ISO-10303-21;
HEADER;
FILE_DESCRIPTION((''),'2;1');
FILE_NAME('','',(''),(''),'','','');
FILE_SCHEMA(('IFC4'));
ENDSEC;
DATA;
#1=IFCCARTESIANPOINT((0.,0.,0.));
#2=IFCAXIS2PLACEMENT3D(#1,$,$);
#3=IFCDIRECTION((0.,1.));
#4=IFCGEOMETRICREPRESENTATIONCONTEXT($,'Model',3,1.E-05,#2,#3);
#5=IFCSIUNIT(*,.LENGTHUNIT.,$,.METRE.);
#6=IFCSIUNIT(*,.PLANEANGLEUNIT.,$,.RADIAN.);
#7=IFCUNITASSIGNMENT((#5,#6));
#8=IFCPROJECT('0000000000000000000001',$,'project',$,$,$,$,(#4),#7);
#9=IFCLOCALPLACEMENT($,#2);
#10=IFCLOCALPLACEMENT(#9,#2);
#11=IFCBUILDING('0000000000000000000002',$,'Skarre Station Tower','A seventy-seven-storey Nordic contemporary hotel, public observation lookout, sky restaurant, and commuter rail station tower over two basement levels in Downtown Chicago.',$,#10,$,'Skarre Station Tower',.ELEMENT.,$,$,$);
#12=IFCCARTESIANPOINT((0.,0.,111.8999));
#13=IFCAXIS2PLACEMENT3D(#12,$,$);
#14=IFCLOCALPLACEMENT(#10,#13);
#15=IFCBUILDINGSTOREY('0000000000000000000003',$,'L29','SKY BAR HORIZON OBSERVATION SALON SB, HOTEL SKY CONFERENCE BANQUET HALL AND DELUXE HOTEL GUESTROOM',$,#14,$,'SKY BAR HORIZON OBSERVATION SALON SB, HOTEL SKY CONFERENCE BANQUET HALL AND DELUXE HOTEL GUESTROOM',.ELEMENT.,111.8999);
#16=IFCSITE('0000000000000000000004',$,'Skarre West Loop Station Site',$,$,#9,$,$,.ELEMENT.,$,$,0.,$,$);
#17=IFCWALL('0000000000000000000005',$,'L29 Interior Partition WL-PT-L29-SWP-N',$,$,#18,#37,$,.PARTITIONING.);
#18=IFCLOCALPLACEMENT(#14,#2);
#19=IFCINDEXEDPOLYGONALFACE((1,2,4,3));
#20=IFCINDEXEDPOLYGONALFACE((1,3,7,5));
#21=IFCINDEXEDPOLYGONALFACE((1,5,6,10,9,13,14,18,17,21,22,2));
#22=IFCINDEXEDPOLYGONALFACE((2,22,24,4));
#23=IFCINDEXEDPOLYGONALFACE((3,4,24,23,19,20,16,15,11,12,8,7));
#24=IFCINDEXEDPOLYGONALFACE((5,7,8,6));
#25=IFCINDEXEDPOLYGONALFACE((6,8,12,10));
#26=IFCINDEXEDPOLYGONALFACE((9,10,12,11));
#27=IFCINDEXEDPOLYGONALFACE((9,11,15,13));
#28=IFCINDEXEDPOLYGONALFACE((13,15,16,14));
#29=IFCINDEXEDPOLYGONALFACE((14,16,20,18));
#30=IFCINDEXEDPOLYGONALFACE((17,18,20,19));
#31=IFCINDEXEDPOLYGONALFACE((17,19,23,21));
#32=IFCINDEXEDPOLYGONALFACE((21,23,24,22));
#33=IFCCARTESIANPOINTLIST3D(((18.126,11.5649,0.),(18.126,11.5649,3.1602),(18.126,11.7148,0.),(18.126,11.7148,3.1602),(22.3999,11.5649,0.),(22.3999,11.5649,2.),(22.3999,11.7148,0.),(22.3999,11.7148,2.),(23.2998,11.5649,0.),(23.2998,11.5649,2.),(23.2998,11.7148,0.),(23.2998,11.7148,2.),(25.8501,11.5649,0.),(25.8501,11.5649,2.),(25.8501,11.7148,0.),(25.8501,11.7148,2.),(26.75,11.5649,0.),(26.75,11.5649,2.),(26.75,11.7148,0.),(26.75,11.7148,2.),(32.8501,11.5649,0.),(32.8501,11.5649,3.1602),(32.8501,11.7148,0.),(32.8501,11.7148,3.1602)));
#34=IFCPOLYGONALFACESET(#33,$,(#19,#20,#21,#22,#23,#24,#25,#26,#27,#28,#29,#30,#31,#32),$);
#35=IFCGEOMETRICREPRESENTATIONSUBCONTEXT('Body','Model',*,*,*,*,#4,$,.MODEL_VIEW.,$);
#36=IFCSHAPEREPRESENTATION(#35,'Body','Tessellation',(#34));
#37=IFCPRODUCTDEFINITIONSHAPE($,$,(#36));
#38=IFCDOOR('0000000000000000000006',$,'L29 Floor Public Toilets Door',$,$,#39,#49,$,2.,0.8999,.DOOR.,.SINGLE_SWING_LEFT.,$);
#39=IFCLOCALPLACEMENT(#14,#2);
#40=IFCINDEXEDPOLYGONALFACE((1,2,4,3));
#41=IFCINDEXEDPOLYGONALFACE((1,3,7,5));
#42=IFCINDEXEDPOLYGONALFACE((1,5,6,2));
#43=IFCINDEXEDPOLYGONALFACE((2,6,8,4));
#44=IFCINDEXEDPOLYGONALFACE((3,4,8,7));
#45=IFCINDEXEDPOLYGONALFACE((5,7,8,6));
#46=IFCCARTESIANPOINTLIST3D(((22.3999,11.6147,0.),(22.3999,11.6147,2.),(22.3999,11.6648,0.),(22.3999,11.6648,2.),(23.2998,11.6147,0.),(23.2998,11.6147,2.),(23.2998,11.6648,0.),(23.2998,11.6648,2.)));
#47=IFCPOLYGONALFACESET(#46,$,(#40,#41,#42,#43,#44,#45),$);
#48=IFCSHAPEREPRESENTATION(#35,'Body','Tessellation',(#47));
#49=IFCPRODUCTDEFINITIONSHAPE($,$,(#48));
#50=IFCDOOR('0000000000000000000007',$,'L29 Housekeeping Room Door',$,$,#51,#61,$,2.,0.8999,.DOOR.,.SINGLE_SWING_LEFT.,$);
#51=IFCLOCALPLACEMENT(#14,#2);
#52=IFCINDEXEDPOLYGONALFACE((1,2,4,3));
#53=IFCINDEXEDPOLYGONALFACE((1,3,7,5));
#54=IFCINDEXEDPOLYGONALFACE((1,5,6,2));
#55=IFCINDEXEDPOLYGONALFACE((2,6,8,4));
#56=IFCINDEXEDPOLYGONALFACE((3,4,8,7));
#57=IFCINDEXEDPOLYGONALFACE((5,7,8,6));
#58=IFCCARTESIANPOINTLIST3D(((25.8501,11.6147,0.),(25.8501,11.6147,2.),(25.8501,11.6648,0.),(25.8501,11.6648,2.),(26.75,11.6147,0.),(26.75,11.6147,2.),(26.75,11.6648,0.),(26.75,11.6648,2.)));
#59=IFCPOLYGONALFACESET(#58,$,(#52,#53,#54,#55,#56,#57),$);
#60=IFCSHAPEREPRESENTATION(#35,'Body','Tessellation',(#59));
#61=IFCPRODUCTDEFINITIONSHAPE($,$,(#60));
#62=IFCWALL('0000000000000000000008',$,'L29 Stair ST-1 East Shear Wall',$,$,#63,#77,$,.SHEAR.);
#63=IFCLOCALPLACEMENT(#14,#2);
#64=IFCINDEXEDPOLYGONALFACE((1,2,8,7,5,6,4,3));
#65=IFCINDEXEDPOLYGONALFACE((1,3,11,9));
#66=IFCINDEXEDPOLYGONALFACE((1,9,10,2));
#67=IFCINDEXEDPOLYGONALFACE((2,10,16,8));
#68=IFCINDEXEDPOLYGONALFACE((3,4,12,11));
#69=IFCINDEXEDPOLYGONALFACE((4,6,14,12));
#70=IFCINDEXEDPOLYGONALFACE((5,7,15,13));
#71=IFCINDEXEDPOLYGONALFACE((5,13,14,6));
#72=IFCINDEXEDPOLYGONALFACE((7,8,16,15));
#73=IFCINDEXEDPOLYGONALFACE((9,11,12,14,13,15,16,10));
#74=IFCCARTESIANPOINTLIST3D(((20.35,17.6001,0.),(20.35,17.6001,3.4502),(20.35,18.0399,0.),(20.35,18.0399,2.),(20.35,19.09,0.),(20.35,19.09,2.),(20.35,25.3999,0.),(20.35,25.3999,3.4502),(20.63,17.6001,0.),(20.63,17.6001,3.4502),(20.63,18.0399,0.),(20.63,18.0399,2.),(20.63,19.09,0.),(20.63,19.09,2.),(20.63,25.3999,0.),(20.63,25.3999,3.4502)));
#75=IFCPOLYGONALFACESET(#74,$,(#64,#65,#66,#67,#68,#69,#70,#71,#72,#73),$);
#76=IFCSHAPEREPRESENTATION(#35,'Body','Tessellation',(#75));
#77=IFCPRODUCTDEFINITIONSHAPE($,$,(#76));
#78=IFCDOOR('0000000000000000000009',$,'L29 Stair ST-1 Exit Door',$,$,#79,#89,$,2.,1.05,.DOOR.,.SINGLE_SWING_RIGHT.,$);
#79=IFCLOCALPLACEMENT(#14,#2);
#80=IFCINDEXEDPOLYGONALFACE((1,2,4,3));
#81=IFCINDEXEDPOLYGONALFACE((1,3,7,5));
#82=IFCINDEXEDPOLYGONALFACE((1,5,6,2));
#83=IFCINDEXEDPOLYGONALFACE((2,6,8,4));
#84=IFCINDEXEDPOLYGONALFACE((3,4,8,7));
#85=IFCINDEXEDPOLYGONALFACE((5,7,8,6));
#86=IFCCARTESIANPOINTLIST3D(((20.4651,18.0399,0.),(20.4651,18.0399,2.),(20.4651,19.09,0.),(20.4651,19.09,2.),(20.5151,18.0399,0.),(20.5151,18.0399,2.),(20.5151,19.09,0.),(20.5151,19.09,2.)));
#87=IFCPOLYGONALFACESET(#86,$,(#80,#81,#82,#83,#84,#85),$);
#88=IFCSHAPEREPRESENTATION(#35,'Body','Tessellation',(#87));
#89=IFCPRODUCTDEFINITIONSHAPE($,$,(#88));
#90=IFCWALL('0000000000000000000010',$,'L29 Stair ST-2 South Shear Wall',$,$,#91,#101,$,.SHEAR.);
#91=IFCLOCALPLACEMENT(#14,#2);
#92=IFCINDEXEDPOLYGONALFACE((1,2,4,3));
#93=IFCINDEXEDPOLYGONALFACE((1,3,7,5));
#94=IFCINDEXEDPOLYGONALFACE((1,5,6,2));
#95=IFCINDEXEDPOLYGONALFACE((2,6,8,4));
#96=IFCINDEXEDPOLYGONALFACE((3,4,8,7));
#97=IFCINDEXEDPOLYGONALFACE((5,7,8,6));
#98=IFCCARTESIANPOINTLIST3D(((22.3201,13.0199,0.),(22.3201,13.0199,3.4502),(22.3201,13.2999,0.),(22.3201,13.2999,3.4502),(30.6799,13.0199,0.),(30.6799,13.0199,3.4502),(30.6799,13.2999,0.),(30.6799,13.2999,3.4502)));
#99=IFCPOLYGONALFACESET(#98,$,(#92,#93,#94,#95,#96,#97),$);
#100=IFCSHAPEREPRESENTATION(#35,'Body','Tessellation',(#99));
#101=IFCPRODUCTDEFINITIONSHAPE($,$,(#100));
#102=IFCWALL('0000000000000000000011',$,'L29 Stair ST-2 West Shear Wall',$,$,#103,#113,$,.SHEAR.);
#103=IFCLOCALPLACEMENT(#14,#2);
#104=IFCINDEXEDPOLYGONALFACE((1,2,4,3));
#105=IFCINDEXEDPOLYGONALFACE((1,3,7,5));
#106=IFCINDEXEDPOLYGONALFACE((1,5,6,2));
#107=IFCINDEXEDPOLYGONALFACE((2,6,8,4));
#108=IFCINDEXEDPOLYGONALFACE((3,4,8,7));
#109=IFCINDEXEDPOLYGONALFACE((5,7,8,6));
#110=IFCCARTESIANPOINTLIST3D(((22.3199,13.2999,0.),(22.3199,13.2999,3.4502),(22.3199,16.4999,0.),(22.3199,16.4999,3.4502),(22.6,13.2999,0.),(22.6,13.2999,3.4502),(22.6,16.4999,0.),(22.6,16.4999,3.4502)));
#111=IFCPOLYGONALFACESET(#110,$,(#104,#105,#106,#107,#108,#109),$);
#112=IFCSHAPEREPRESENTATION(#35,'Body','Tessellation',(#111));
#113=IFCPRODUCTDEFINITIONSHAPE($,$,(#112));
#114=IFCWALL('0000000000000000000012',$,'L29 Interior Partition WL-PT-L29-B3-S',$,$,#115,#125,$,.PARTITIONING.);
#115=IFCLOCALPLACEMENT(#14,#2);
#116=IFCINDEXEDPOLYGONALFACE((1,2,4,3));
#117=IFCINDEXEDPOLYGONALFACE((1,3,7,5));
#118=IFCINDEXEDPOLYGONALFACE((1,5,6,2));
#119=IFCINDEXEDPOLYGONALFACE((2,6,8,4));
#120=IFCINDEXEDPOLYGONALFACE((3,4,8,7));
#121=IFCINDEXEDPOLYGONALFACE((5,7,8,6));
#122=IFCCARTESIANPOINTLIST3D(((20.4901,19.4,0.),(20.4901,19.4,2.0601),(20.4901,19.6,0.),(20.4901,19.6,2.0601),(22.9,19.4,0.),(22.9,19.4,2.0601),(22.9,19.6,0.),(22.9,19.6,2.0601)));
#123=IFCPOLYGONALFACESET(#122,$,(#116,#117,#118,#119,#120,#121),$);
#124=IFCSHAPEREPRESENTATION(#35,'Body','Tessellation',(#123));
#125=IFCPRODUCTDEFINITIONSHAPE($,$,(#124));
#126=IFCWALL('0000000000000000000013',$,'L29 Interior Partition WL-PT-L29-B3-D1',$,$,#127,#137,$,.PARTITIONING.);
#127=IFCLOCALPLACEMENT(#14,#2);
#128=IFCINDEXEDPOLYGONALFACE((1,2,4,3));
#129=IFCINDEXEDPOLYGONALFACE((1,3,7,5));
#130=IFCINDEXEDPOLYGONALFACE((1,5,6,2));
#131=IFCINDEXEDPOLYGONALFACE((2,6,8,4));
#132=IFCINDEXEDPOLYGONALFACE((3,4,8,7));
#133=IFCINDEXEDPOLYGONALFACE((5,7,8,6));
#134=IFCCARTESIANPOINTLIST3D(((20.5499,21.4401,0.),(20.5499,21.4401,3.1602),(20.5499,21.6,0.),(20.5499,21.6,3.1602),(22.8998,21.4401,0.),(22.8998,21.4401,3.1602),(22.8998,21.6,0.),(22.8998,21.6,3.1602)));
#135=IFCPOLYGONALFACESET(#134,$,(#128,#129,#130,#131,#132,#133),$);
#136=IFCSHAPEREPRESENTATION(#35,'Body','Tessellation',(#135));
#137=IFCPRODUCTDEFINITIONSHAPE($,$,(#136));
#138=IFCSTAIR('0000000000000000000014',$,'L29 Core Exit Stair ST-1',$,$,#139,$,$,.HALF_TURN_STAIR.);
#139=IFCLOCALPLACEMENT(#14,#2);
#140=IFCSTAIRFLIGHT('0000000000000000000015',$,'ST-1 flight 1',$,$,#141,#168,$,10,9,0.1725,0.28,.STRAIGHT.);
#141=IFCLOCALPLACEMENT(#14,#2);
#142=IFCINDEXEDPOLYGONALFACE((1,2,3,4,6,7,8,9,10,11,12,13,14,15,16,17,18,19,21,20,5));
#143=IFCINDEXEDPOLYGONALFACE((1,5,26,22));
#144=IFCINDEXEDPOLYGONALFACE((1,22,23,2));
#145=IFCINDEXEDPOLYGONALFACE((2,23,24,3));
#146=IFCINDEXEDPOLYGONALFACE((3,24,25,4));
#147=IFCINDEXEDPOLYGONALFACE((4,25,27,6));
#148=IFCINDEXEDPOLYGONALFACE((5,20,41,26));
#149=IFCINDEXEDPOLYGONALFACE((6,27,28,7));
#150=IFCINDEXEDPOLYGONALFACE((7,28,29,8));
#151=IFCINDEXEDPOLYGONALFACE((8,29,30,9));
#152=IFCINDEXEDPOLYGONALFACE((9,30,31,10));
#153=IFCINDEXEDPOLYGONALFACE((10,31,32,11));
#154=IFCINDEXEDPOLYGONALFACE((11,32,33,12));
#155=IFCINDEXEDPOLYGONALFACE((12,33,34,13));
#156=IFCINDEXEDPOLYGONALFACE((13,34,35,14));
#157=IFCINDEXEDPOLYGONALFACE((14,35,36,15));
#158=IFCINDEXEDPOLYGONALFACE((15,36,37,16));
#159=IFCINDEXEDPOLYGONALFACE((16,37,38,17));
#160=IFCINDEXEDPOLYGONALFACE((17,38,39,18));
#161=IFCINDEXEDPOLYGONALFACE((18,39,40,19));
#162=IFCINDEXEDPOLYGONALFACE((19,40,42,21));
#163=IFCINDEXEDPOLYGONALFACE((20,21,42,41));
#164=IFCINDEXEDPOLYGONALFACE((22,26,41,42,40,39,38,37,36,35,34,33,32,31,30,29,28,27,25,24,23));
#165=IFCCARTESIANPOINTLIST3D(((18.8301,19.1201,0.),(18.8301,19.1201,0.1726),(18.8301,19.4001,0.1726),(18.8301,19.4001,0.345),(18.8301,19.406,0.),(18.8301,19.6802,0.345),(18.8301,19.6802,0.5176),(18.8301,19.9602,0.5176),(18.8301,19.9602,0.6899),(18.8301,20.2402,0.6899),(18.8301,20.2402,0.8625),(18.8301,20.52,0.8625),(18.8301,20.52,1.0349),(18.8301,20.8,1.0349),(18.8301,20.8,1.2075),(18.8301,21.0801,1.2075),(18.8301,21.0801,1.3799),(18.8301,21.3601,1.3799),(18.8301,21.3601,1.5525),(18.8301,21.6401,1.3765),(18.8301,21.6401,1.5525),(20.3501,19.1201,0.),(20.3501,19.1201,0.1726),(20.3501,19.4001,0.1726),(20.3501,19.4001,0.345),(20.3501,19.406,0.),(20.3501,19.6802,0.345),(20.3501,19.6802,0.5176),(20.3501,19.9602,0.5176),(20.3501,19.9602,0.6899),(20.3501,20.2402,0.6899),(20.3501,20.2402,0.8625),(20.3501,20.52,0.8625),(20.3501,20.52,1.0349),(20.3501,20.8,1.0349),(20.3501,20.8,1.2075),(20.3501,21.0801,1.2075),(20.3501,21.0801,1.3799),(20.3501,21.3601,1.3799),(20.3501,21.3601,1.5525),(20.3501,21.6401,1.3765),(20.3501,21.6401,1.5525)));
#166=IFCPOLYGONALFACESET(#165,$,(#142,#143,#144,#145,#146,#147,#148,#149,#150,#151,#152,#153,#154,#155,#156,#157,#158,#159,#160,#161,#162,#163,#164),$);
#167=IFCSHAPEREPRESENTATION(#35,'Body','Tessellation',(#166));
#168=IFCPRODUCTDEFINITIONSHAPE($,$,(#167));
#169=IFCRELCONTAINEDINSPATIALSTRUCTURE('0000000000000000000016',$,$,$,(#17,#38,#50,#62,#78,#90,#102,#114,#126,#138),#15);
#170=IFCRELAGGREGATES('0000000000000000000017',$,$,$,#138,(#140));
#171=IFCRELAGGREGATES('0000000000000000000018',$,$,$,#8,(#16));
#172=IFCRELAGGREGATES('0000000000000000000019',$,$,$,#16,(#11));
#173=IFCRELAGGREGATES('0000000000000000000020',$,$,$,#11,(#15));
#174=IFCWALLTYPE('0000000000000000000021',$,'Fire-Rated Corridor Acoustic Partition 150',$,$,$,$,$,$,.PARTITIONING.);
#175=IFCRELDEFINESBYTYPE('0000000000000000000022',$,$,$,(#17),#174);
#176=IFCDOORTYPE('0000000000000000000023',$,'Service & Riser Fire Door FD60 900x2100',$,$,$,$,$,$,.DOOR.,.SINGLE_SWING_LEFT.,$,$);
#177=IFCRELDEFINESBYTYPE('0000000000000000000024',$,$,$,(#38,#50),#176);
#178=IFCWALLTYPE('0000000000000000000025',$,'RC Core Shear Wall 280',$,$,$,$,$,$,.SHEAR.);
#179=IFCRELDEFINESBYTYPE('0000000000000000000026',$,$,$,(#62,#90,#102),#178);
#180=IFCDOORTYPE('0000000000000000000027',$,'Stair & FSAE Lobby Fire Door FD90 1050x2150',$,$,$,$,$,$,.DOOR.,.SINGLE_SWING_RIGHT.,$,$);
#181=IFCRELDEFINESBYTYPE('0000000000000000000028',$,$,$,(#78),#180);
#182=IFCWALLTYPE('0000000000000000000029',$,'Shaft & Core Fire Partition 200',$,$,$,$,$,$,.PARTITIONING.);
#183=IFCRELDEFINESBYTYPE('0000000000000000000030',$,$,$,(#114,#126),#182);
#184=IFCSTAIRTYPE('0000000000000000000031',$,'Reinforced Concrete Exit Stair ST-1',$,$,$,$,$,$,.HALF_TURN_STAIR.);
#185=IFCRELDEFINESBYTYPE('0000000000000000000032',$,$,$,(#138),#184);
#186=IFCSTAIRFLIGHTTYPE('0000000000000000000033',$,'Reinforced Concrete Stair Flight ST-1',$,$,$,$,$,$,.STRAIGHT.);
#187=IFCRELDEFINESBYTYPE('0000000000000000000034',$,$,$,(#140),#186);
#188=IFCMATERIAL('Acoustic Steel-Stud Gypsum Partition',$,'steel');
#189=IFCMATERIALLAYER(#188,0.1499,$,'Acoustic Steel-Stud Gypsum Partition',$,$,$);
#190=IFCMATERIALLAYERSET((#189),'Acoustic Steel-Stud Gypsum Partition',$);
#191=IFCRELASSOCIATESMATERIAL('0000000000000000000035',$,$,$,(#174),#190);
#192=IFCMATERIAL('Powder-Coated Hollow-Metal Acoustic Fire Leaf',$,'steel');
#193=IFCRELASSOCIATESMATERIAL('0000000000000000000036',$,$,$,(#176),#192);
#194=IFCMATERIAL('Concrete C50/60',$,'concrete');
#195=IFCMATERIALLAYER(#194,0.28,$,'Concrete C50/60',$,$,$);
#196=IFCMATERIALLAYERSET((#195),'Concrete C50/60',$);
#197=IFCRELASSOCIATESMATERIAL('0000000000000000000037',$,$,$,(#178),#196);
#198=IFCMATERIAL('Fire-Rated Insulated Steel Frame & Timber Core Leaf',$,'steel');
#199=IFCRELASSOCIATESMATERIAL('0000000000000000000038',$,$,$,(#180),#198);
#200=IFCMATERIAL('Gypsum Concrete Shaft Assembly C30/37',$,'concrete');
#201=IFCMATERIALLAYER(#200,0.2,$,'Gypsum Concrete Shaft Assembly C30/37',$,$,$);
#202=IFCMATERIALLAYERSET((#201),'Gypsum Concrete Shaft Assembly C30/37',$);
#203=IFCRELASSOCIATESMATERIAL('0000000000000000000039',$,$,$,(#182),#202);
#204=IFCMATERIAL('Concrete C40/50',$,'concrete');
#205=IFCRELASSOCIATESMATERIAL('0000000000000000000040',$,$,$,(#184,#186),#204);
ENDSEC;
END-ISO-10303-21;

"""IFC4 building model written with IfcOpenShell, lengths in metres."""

from ifc_helpers import new_model, si_unit, direction, frame, frame_2d, origin, place, context, subcontext, project, spatial, polyline, rectangle, outline, extrude, material, layer, layer_set, type_object, element, fill, aggregate, save


model = new_model("IFC4")

# Units and contexts
model_context = context("Model", 3, precision=1e-05, world=origin(), true_north=direction((0.0, 1.0)))
body_context = subcontext(model_context, "Body", "Model", "MODEL_VIEW")
ifc_project = project(units=[si_unit("LENGTHUNIT", "METRE"), si_unit("PLANEANGLEUNIT", "RADIAN")], contexts=[model_context])

# Site, building, storey
site_placement = place(None, origin())
site = spatial("IfcSite", under=ifc_project, at=site_placement, Name="Skarre West Loop Station Site", CompositionType="ELEMENT", RefElevation=0.0)
building_placement = place(site_placement, origin())
building = spatial("IfcBuilding", under=site, at=building_placement, Name="Skarre Station Tower", Description="A seventy-seven-storey Nordic contemporary hotel, public observation lookout, sky restaurant, and commuter rail station tower over two basement levels in Downtown Chicago.", LongName="Skarre Station Tower", CompositionType="ELEMENT")
storey_placement = place(building_placement, frame((0.0, 0.0, 111.8999)))
storey = spatial("IfcBuildingStorey", under=building, at=storey_placement, Name="L29", Description="SKY BAR HORIZON OBSERVATION SALON SB, HOTEL SKY CONFERENCE BANQUET HALL AND DELUXE HOTEL GUESTROOM", LongName="SKY BAR HORIZON OBSERVATION SALON SB, HOTEL SKY CONFERENCE BANQUET HALL AND DELUXE HOTEL GUESTROOM", CompositionType="ELEMENT", Elevation=111.8999)

# Shared definitions
ifc_material_1 = material(Name="Acoustic Steel-Stud Gypsum Partition", Category="steel")
ifc_layer_1 = layer(ifc_material_1, 0.1499, Name="Acoustic Steel-Stud Gypsum Partition")
ifc_layer_set_1 = layer_set([ifc_layer_1], Name="Acoustic Steel-Stud Gypsum Partition")
wall_type_1 = type_object("IfcWallType", Name="Fire-Rated Corridor Acoustic Partition 150", PredefinedType="PARTITIONING", material=ifc_layer_set_1)

# Wall, openings, doors
ifc_material_2 = material(Name="Powder-Coated Hollow-Metal Acoustic Fire Leaf", Category="steel")
wall_1_placement = place(storey_placement, frame((18.126, 11.6399, 0.0), z_axis=(0.0, 0.0, 1.0), x_axis=(1.0, 0.0, 0.0)))
wall_1 = element("IfcWall", 1, at=wall_1_placement, inside=storey, type_object=wall_type_1, Name="L29 Interior Partition WL-PT-L29-SWP-N", PredefinedType="PARTITIONING", context=body_context, shape_type="SweptSolid", body=[
    extrude(rectangle(XDim=14.7241, YDim=0.1499, at=frame_2d((7.3621, 0.0))), origin(), (0.0, 0.0, 1.0), 3.1602),
])
opening_1_placement = place(wall_1_placement, frame((4.2739, 0.0, 0.0)))
opening_1 = element("IfcOpeningElement", 2, at=opening_1_placement, cuts=wall_1, PredefinedType="OPENING", context=body_context, shape_type="SweptSolid", body=[
    extrude(rectangle(XDim=0.8999, YDim=2.0, at=frame_2d((0.45, 1.0))), frame((0.0, 0.085, 0.0), z_axis=(0.0, -1.0, 0.0), x_axis=(1.0, 0.0, 0.0)), (0.0, 0.0, 1.0), 0.1699),
])
opening_2_placement = place(wall_1_placement, frame((7.7241, 0.0, 0.0)))
opening_2 = element("IfcOpeningElement", 3, at=opening_2_placement, cuts=wall_1, PredefinedType="OPENING", context=body_context, shape_type="SweptSolid", body=[
    extrude(rectangle(XDim=0.8999, YDim=2.0, at=frame_2d((0.45, 1.0))), frame((0.0, 0.085, 0.0), z_axis=(0.0, -1.0, 0.0), x_axis=(1.0, 0.0, 0.0)), (0.0, 0.0, 1.0), 0.1699),
])
door_type_1 = type_object("IfcDoorType", Name="Service & Riser Fire Door FD60 900x2100", OperationType="SINGLE_SWING_LEFT", PredefinedType="DOOR", material=ifc_material_2)
door_1_placement = place(opening_1_placement, origin())
door_1 = element("IfcDoor", 4, at=door_1_placement, inside=storey, type_object=door_type_1, Name="L29 Floor Public Toilets Door", OperationType="SINGLE_SWING_LEFT", OverallHeight=2.0, OverallWidth=0.8999, PredefinedType="DOOR", context=body_context, shape_type="SweptSolid", body=[
    extrude(rectangle(XDim=0.8999, YDim=2.0, at=frame_2d((0.45, 1.0))), frame((0.0, 0.0249, 0.0), z_axis=(0.0, -1.0, 0.0), x_axis=(1.0, 0.0, 0.0)), (0.0, 0.0, 1.0), 0.05),
])
fill(opening_1, door_1)
door_2_placement = place(opening_2_placement, origin())
door_2 = element("IfcDoor", 5, at=door_2_placement, inside=storey, type_object=door_type_1, Name="L29 Housekeeping Room Door", OperationType="SINGLE_SWING_LEFT", OverallHeight=2.0, OverallWidth=0.8999, PredefinedType="DOOR", context=body_context, shape_type="SweptSolid", body=[
    extrude(rectangle(XDim=0.8999, YDim=2.0, at=frame_2d((0.45, 1.0))), frame((0.0, 0.0249, 0.0), z_axis=(0.0, -1.0, 0.0), x_axis=(1.0, 0.0, 0.0)), (0.0, 0.0, 1.0), 0.05),
])
fill(opening_2, door_2)

# Wall, opening, door
ifc_material_3 = material(Name="Concrete C50/60", Category="concrete")
ifc_layer_2 = layer(ifc_material_3, 0.28, Name="Concrete C50/60")
ifc_layer_set_2 = layer_set([ifc_layer_2], Name="Concrete C50/60")
wall_type_2 = type_object("IfcWallType", Name="RC Core Shear Wall 280", PredefinedType="SHEAR", material=ifc_layer_set_2)
wall_2_placement = place(storey_placement, frame((20.49, 17.6001, 0.0), z_axis=(0.0, 0.0, 1.0), x_axis=(0.0, 1.0, 0.0)))
wall_2 = element("IfcWall", 6, at=wall_2_placement, inside=storey, type_object=wall_type_2, Name="L29 Stair ST-1 East Shear Wall", PredefinedType="SHEAR", context=body_context, shape_type="SweptSolid", body=[
    extrude(rectangle(XDim=7.7998, YDim=0.28, at=frame_2d((3.8999, 0.0))), origin(), (0.0, 0.0, 1.0), 3.4502),
])
opening_3_placement = place(wall_2_placement, frame((0.4399, 0.0, 0.0)))
opening_3 = element("IfcOpeningElement", 7, at=opening_3_placement, cuts=wall_2, PredefinedType="OPENING", context=body_context, shape_type="SweptSolid", body=[
    extrude(rectangle(XDim=1.05, YDim=2.0, at=frame_2d((0.5249, 1.0))), frame((0.0, 0.1499, 0.0), z_axis=(0.0, -1.0, 0.0), x_axis=(1.0, 0.0, 0.0)), (0.0, 0.0, 1.0), 0.3),
])
ifc_material_4 = material(Name="Fire-Rated Insulated Steel Frame & Timber Core Leaf", Category="steel")
door_type_2 = type_object("IfcDoorType", Name="Stair & FSAE Lobby Fire Door FD90 1050x2150", OperationType="SINGLE_SWING_RIGHT", PredefinedType="DOOR", material=ifc_material_4)
door_3_placement = place(opening_3_placement, origin())
door_3 = element("IfcDoor", 8, at=door_3_placement, inside=storey, type_object=door_type_2, Name="L29 Stair ST-1 Exit Door", OperationType="SINGLE_SWING_RIGHT", OverallHeight=2.0, OverallWidth=1.05, PredefinedType="DOOR", context=body_context, shape_type="SweptSolid", body=[
    extrude(rectangle(XDim=1.05, YDim=2.0, at=frame_2d((0.5249, 1.0))), frame((0.0, 0.0249, 0.0), z_axis=(0.0, -1.0, 0.0), x_axis=(1.0, 0.0, 0.0)), (0.0, 0.0, 1.0), 0.05),
])
fill(opening_3, door_3)

# Walls
wall_3_placement = place(storey_placement, frame((22.3201, 13.1599, 0.0), z_axis=(0.0, 0.0, 1.0), x_axis=(1.0, 0.0, 0.0)))
element("IfcWall", 9, at=wall_3_placement, inside=storey, type_object=wall_type_2, Name="L29 Stair ST-2 South Shear Wall", PredefinedType="SHEAR", context=body_context, shape_type="SweptSolid", body=[
    extrude(rectangle(XDim=8.3599, YDim=0.28, at=frame_2d((4.1799, 0.0))), origin(), (0.0, 0.0, 1.0), 3.4502),
])
wall_4_placement = place(storey_placement, frame((22.46, 16.5, 0.0), z_axis=(0.0, 0.0, 1.0), x_axis=(0.0, -1.0, 0.0)))
element("IfcWall", 10, at=wall_4_placement, inside=storey, type_object=wall_type_2, Name="L29 Stair ST-2 West Shear Wall", PredefinedType="SHEAR", context=body_context, shape_type="SweptSolid", body=[
    extrude(rectangle(XDim=3.2, YDim=0.28, at=frame_2d((1.6001, 0.0))), origin(), (0.0, 0.0, 1.0), 3.4502),
])
ifc_material_5 = material(Name="Gypsum Concrete Shaft Assembly C30/37", Category="concrete")
ifc_layer_3 = layer(ifc_material_5, 0.2, Name="Gypsum Concrete Shaft Assembly C30/37")
ifc_layer_set_3 = layer_set([ifc_layer_3], Name="Gypsum Concrete Shaft Assembly C30/37")
wall_type_3 = type_object("IfcWallType", Name="Shaft & Core Fire Partition 200", PredefinedType="PARTITIONING", material=ifc_layer_set_3)
wall_5_placement = place(storey_placement, frame((20.49, 19.5, 0.0), z_axis=(0.0, 0.0, 1.0), x_axis=(1.0, 0.0, 0.0)))
element("IfcWall", 11, at=wall_5_placement, inside=storey, type_object=wall_type_3, Name="L29 Interior Partition WL-PT-L29-B3-S", PredefinedType="PARTITIONING", context=body_context, shape_type="SweptSolid", body=[
    extrude(rectangle(XDim=2.4099, YDim=0.2, at=frame_2d((1.2051, 0.0))), origin(), (0.0, 0.0, 1.0), 2.0601),
])
wall_6_placement = place(storey_placement, frame((20.55, 21.52, 0.0), z_axis=(0.0, 0.0, 1.0), x_axis=(1.0, 0.0, 0.0)))
element("IfcWall", 12, at=wall_6_placement, inside=storey, type_object=wall_type_3, Name="L29 Interior Partition WL-PT-L29-B3-D1", PredefinedType="PARTITIONING", context=body_context, shape_type="SweptSolid", body=[
    extrude(rectangle(XDim=2.3499, YDim=0.1599, at=frame_2d((1.1748, 0.0))), origin(), (0.0, 0.0, 1.0), 3.1602),
])

# Stair, stair flight
ifc_material_6 = material(Name="Concrete C40/50", Category="concrete")
stair_type = type_object("IfcStairType", Name="Reinforced Concrete Exit Stair ST-1", PredefinedType="HALF_TURN_STAIR", material=ifc_material_6)
stair_placement = place(storey_placement, origin())
stair = element("IfcStair", 13, at=stair_placement, inside=storey, type_object=stair_type, Name="L29 Core Exit Stair ST-1", PredefinedType="HALF_TURN_STAIR")
stair_flight_type = type_object("IfcStairFlightType", Name="Reinforced Concrete Stair Flight ST-1", PredefinedType="STRAIGHT", material=ifc_material_6)
stair_flight_placement = place(storey_placement, frame((19.5901, 19.1201, 0.0), z_axis=(0.0, 0.0, 1.0), x_axis=(0.0, 1.0, 0.0)))
stair_flight = element("IfcStairFlight", 14, at=stair_flight_placement, type_object=stair_flight_type, Name="ST-1 flight 1", NumberOfRisers=10, NumberOfTreads=9, PredefinedType="STRAIGHT", RiserHeight=0.1725, TreadLength=0.28, context=body_context, shape_type="SweptSolid", body=[
    extrude(outline(polyline([(0.0, 0.0), (0.0, 0.1726), (0.28, 0.1726), (0.28, 0.345), (0.5601, 0.345), (0.5601, 0.5176), (0.8401, 0.5176), (0.8401, 0.6899), (1.1201, 0.6899), (1.1201, 0.8625), (1.3999, 0.8625), (1.3999, 1.0349), (1.6799, 1.0349), (1.6799, 1.2075), (1.96, 1.2075), (1.96, 1.3799), (2.24, 1.3799), (2.24, 1.5525), (2.52, 1.5525), (2.52, 1.7251), (2.52, 1.3765), (0.2859, 0.0), (0.0, 0.0)])), frame((0.0, 0.76, 0.0), z_axis=(0.0, -1.0, 0.0), x_axis=(1.0, 0.0, 0.0)), (0.0, 0.0, 1.0), 1.52),
])
aggregate(stair, [stair_flight])

save(model, "model.ifc")
